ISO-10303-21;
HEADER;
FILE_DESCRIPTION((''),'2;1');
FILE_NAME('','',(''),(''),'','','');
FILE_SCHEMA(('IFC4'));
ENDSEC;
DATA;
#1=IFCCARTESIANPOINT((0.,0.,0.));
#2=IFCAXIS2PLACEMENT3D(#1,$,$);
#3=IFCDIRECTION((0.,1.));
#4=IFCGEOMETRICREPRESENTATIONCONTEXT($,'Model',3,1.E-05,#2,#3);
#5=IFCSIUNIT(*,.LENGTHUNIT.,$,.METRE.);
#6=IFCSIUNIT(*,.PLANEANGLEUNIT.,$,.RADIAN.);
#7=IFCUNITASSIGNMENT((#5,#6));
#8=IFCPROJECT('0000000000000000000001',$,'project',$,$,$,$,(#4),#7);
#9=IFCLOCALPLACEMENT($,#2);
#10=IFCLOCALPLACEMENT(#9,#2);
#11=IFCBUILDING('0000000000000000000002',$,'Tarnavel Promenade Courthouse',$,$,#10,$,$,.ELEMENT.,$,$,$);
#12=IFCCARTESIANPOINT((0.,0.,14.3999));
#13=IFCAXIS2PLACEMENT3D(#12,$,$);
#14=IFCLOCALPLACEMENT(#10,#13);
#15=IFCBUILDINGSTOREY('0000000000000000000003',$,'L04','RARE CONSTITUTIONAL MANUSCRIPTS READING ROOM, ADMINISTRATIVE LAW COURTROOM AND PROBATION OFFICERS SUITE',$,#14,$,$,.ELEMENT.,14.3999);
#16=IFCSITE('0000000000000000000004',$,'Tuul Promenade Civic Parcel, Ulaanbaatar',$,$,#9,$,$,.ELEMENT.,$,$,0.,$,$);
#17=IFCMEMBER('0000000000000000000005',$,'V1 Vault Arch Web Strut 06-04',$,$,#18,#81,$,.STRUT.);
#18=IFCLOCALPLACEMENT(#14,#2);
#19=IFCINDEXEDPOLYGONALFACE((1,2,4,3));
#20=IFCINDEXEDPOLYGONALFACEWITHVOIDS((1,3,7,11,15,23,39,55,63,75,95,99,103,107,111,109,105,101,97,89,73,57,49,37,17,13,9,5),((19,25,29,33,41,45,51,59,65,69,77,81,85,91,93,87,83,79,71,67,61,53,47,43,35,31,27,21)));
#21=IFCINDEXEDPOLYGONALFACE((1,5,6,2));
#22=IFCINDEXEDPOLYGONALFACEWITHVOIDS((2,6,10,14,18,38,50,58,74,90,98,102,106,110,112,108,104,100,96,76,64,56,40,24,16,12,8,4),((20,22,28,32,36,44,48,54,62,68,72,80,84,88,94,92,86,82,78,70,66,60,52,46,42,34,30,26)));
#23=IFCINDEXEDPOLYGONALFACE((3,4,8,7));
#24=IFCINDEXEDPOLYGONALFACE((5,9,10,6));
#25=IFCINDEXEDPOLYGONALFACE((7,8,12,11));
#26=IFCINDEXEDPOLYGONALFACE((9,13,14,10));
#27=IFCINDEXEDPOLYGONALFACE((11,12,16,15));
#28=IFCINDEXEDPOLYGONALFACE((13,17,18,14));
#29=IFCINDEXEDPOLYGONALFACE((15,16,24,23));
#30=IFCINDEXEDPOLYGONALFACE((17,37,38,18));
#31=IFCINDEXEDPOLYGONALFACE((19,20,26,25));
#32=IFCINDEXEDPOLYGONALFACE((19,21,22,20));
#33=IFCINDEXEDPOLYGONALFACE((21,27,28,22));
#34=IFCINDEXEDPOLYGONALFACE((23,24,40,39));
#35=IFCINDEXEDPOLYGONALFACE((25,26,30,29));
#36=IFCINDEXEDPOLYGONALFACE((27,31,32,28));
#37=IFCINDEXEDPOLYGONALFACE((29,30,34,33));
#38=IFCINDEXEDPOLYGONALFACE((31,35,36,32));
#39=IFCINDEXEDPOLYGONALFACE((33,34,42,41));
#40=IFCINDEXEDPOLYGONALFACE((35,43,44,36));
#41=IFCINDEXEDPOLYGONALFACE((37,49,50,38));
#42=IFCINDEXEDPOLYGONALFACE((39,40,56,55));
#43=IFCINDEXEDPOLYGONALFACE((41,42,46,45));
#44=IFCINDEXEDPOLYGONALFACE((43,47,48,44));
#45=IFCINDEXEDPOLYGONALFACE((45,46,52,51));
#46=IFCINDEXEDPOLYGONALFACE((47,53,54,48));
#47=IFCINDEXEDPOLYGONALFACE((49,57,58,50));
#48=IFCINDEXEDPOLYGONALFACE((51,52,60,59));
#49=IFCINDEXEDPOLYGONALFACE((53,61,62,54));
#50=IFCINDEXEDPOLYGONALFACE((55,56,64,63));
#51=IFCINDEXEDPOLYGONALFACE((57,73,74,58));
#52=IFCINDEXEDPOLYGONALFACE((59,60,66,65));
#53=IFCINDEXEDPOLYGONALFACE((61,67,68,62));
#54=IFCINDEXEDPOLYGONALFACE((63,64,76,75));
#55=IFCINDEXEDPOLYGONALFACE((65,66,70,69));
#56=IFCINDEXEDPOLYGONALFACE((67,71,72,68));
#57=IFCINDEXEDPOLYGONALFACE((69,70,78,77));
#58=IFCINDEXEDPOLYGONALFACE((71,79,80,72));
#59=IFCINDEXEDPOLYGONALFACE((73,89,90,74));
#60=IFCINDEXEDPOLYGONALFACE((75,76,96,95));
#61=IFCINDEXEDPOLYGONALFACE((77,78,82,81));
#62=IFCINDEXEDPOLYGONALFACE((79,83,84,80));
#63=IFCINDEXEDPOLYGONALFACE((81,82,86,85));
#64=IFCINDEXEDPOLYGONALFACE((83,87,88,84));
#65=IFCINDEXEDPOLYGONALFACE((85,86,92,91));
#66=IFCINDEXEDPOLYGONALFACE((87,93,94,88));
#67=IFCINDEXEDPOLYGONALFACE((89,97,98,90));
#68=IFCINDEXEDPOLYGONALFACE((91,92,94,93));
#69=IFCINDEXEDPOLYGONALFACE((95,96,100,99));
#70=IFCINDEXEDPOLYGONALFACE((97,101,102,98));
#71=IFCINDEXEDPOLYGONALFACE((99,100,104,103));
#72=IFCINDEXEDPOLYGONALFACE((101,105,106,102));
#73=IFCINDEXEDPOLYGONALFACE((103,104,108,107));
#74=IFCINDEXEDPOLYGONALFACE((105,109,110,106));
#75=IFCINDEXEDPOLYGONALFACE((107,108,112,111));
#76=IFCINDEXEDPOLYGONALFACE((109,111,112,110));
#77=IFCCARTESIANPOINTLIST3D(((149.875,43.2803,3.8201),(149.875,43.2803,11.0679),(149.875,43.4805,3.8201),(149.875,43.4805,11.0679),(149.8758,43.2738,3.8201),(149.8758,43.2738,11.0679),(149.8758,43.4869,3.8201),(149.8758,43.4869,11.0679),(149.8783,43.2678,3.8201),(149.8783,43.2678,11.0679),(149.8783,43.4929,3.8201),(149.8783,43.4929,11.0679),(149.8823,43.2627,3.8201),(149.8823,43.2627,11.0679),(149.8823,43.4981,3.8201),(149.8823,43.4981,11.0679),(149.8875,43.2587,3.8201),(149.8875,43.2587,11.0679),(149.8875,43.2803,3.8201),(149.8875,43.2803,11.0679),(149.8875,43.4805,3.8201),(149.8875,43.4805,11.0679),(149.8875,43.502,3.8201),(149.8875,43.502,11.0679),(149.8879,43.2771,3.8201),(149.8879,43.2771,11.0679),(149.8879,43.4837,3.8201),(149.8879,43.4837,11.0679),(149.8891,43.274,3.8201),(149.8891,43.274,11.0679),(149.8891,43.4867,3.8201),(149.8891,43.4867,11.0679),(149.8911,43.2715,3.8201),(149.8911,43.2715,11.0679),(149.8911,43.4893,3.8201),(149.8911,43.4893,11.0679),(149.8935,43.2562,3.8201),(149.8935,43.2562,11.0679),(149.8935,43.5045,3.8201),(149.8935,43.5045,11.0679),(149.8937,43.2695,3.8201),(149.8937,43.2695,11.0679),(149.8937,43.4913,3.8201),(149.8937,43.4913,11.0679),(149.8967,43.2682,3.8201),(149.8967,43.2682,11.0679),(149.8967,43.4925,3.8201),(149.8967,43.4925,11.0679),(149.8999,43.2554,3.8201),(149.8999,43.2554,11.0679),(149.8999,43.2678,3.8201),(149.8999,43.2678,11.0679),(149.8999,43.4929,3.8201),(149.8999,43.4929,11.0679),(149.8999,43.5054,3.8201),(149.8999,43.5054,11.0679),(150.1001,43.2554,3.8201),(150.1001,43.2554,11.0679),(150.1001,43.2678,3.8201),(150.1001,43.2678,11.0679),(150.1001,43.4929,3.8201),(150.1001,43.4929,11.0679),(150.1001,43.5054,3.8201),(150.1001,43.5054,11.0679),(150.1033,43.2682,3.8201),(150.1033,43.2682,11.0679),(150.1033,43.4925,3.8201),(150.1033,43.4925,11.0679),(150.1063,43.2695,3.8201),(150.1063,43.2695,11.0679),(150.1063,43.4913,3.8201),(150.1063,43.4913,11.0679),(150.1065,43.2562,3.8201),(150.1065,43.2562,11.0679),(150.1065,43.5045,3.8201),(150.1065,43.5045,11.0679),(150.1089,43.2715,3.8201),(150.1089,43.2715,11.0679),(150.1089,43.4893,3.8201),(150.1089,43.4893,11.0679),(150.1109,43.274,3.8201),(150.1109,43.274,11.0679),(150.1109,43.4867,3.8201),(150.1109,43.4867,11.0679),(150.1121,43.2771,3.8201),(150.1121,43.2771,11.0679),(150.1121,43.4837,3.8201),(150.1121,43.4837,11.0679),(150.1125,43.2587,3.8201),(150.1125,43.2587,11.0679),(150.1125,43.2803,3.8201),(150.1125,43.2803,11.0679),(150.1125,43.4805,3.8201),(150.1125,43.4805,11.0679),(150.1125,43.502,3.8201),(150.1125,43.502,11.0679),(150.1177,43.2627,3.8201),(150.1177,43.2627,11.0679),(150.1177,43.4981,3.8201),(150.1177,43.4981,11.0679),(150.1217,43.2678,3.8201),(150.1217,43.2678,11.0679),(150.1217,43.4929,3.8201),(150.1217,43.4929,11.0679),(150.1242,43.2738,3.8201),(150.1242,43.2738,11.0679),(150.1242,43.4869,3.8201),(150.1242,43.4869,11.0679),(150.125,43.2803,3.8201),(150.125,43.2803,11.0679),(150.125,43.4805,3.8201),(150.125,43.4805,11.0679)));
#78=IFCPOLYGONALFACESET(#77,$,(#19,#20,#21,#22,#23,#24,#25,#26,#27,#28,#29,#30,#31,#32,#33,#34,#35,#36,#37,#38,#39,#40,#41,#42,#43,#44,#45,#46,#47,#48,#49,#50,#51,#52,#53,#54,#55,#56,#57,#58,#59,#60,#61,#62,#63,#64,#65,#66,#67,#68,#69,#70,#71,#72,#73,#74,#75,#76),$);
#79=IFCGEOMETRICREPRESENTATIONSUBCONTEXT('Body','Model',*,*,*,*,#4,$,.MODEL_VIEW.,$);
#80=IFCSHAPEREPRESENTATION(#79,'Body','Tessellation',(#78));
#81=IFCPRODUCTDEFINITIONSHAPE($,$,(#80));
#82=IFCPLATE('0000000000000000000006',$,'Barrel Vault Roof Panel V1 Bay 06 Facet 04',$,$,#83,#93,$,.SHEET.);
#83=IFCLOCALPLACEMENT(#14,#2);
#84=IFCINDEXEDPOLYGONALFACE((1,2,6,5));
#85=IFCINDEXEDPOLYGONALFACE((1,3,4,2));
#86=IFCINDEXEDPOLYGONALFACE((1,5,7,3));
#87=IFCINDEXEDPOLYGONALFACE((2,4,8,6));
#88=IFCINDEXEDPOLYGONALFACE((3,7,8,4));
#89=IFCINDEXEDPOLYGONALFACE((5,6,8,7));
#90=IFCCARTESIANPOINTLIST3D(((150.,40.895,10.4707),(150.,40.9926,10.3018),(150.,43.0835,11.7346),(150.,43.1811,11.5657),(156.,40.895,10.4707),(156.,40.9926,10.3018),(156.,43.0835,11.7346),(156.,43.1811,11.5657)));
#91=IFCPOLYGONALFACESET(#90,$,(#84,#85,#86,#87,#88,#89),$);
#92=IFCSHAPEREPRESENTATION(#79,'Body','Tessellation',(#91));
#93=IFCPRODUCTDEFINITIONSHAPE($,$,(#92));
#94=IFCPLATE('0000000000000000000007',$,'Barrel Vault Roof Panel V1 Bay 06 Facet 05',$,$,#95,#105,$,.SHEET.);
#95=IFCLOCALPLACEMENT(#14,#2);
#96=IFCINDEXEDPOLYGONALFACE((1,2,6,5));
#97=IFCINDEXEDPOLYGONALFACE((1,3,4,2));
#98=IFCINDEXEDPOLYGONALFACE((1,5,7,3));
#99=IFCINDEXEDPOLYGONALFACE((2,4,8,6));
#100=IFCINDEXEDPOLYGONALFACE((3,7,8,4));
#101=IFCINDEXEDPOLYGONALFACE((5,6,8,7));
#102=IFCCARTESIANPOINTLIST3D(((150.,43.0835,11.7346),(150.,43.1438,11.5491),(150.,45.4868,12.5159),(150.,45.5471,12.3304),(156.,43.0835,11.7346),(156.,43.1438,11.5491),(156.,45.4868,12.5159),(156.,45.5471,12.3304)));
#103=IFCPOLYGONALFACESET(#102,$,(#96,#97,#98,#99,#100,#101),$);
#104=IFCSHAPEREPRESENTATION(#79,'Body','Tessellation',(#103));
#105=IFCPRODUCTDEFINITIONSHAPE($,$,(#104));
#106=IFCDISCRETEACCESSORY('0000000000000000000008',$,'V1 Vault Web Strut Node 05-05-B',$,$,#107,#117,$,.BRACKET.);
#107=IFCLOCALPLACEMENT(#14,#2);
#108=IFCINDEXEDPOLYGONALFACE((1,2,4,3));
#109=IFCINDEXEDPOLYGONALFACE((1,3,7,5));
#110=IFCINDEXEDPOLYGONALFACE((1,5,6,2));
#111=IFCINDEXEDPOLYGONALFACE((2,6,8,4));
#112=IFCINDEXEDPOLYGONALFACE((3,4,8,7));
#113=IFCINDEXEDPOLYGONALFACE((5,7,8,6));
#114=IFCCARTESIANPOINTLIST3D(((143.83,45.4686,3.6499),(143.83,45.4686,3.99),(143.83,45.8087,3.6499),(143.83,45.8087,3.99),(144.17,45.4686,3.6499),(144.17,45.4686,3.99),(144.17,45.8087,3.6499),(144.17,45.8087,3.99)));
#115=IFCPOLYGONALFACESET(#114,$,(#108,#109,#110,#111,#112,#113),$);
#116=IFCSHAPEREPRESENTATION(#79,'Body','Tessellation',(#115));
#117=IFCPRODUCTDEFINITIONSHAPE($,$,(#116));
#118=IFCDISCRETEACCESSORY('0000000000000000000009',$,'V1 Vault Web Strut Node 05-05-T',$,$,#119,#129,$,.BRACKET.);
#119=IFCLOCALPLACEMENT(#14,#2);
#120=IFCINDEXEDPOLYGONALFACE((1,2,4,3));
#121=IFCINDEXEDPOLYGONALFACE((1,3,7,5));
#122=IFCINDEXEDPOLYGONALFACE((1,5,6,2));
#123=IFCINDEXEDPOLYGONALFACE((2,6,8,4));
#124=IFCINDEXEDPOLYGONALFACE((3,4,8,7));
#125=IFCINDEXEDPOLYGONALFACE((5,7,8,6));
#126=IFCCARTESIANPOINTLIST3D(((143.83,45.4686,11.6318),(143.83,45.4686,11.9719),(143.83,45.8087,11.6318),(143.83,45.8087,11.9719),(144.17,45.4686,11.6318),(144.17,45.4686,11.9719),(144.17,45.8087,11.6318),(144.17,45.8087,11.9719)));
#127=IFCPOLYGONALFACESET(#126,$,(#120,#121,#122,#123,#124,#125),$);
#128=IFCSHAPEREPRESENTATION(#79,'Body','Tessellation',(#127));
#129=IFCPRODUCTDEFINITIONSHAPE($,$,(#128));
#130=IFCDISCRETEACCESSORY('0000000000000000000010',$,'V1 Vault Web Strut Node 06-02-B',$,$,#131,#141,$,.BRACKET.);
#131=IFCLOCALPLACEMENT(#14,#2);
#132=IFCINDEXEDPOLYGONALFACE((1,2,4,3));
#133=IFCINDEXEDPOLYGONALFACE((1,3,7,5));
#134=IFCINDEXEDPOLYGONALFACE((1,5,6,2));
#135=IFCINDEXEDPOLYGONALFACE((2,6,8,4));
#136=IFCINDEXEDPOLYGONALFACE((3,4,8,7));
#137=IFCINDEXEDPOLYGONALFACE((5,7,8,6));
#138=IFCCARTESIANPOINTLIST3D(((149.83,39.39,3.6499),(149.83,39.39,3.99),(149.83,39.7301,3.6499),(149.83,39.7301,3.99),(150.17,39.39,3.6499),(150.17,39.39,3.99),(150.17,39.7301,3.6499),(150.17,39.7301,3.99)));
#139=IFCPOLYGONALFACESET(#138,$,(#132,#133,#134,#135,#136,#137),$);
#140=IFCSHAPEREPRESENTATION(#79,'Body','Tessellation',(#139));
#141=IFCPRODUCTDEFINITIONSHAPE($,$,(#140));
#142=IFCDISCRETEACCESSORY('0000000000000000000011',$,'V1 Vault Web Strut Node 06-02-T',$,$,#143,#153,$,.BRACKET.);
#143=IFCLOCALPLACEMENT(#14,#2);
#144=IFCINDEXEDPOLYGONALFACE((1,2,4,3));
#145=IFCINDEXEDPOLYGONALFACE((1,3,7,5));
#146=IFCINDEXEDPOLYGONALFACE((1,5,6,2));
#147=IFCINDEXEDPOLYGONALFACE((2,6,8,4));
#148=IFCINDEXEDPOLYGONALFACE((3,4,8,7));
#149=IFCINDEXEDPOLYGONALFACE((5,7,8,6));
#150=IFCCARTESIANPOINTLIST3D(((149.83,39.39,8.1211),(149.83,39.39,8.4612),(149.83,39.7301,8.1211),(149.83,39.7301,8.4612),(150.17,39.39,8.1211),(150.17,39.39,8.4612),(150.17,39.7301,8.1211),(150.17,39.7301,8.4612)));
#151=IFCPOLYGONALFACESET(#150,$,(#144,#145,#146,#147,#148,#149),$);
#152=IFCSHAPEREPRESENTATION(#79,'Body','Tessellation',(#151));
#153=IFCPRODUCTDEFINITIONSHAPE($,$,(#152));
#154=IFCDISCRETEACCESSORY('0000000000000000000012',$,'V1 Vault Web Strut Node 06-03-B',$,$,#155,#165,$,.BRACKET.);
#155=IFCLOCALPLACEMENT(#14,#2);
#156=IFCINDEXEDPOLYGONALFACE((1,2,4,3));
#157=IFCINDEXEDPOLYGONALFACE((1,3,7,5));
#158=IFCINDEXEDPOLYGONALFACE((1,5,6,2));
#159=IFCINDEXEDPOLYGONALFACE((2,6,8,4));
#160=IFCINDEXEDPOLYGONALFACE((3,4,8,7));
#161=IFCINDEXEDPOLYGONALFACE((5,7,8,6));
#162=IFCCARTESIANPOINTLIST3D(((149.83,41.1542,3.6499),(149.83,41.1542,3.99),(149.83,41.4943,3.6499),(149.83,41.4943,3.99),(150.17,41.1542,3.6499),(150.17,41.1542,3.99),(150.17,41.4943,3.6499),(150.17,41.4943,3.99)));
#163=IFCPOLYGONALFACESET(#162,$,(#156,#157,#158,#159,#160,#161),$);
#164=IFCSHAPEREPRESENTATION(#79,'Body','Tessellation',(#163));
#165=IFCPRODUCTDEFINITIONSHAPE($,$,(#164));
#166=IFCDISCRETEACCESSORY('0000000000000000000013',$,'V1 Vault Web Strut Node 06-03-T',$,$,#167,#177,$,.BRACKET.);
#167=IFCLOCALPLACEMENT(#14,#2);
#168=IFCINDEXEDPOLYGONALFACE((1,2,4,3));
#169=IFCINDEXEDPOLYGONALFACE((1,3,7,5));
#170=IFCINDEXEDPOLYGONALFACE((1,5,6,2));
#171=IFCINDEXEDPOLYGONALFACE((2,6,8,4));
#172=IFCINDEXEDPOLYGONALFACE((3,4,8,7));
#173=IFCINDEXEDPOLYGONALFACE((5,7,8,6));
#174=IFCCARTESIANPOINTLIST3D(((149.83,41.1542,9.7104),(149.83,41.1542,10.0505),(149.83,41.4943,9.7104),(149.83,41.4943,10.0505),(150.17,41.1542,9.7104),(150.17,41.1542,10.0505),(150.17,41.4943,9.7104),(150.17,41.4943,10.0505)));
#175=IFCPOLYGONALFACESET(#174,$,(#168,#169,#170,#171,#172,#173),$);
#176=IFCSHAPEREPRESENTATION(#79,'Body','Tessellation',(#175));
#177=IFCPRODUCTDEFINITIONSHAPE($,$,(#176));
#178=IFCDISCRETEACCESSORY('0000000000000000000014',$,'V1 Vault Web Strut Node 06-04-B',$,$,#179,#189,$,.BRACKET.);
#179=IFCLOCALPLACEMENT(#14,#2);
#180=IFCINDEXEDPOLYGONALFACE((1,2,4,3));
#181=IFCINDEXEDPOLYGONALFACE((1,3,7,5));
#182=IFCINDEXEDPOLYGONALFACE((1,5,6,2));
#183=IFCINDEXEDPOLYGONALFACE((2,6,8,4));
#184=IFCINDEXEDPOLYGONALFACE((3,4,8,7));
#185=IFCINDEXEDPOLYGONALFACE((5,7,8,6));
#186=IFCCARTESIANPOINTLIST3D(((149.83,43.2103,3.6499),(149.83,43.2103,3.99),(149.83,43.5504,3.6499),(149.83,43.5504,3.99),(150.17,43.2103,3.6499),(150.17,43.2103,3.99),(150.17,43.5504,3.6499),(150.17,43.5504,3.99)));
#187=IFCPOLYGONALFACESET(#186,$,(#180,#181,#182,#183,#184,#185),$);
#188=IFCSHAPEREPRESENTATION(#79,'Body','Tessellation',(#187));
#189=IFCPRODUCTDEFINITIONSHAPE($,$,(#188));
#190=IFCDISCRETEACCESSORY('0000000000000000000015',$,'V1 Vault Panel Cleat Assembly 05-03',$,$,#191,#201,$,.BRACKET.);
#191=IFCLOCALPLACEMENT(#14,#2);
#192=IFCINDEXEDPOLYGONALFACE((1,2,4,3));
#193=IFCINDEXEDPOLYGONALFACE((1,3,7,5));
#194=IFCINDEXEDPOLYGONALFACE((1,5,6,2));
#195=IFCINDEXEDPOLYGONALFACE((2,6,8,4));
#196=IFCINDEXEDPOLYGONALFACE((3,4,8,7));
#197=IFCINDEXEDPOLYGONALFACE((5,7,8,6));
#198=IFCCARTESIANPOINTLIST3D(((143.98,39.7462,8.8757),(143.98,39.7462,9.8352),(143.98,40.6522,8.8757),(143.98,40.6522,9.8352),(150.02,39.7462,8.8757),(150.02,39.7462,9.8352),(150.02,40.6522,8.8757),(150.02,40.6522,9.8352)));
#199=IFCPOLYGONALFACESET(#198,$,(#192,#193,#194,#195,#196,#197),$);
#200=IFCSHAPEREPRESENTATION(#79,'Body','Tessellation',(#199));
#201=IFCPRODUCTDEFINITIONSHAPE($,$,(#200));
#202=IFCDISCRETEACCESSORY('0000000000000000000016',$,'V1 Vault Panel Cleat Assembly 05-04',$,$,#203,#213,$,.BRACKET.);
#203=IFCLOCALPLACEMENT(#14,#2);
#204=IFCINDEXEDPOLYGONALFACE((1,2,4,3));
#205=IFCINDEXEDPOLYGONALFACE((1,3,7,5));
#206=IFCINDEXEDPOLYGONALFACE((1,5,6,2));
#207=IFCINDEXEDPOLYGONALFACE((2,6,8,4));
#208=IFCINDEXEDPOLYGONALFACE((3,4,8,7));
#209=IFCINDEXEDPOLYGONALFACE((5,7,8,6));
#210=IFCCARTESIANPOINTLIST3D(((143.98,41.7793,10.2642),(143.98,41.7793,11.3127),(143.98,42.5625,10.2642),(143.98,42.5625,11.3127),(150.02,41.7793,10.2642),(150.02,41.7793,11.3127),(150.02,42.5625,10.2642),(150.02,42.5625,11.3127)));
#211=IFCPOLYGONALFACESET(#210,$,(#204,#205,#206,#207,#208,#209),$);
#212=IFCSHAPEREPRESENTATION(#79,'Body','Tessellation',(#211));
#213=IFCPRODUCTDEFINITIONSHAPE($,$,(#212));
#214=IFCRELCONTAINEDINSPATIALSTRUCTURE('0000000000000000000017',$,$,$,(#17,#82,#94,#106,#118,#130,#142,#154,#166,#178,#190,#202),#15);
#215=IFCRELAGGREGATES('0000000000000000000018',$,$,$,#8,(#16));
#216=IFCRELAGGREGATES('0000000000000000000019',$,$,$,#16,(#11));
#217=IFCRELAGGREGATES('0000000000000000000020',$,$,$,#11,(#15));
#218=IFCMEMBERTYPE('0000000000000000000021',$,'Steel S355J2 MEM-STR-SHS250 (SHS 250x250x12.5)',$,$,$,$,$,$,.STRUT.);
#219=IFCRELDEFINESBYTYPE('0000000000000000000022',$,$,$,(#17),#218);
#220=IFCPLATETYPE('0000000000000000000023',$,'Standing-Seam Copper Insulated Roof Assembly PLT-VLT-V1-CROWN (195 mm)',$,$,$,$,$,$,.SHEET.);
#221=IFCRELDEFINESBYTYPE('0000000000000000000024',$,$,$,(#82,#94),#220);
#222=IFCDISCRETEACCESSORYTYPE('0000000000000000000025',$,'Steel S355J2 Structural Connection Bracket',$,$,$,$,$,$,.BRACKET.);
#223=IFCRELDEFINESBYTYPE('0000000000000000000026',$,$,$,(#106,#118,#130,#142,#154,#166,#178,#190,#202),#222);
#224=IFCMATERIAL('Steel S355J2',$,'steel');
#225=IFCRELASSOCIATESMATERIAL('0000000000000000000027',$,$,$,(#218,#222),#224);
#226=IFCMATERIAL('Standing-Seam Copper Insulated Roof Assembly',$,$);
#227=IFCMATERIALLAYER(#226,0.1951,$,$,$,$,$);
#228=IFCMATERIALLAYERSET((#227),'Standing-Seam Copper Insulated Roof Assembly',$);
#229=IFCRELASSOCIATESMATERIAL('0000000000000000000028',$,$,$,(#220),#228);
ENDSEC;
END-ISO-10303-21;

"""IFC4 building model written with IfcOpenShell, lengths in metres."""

from ifc_helpers import new_model, si_unit, direction, frame, origin, origin_2d, place, context, subcontext, project, spatial, polyline, rectangle, hollow_rectangle, outline, extrude, material, layer, layer_set, material_profile, profile_set, type_object, element, save


model = new_model("IFC4")

# Units and contexts
model_context = context("Model", 3, precision=1e-05, world=origin(), true_north=direction((0.0, 1.0)))
body_context = subcontext(model_context, "Body", "Model", "MODEL_VIEW")
ifc_project = project(units=[si_unit("LENGTHUNIT", "METRE"), si_unit("PLANEANGLEUNIT", "RADIAN")], contexts=[model_context])

# Site, building, storey
site_placement = place(None, origin())
site = spatial("IfcSite", under=ifc_project, at=site_placement, Name="Tuul Promenade Civic Parcel, Ulaanbaatar", CompositionType="ELEMENT", RefElevation=0.0)
building_placement = place(site_placement, origin())
building = spatial("IfcBuilding", under=site, at=building_placement, Name="Tarnavel Promenade Courthouse", CompositionType="ELEMENT")
storey_placement = place(building_placement, frame((0.0, 0.0, 14.3999)))
storey = spatial("IfcBuildingStorey", under=building, at=storey_placement, Name="L04", Description="RARE CONSTITUTIONAL MANUSCRIPTS READING ROOM, ADMINISTRATIVE LAW COURTROOM AND PROBATION OFFICERS SUITE", CompositionType="ELEMENT", Elevation=14.3999)

# Shared definitions
ifc_material_1 = material(Name="Steel S355J2", Category="steel")

# Member
ifc_material_profile_1 = material_profile(ifc_material_1, hollow_rectangle(XDim=0.25, YDim=0.25, WallThickness=0.0125, InnerFilletRadius=0.0125, OuterFilletRadius=0.0249, at=origin_2d()), Name="SHS 250x250x12.5")
ifc_profile_set_1 = profile_set([ifc_material_profile_1], Name="Steel S355J2")
member_type_1 = type_object("IfcMemberType", Name="Steel S355J2 MEM-STR-SHS250 (SHS 250x250x12.5)", PredefinedType="STRUT", material=ifc_profile_set_1)
member_1_placement = place(storey_placement, frame((150.0, 43.3804, 3.8201), z_axis=(0.0, 0.0, 1.0), x_axis=(1.0, 0.0, 0.0)))
element("IfcMember", 1, at=member_1_placement, inside=storey, type_object=member_type_1, Name="V1 Vault Arch Web Strut 06-04", PredefinedType="STRUT", context=body_context, shape_type="SweptSolid", body=[
    extrude(hollow_rectangle(XDim=0.25, YDim=0.25, WallThickness=0.0125, InnerFilletRadius=0.0125, OuterFilletRadius=0.0249, at=origin_2d()), origin(), (0.0, 0.0, 1.0), 7.2478),
])

# Plates
ifc_material_2 = material(Name="Standing-Seam Copper Insulated Roof Assembly")
ifc_layer = layer(ifc_material_2, 0.1951)
ifc_layer_set = layer_set([ifc_layer], Name="Standing-Seam Copper Insulated Roof Assembly")
plate_type = type_object("IfcPlateType", Name="Standing-Seam Copper Insulated Roof Assembly PLT-VLT-V1-CROWN (195 mm)", PredefinedType="SHEET", material=ifc_layer_set)
plate_1_placement = place(storey_placement, frame((150.0, 40.895, 10.4707), z_axis=(0.0, -0.500118, 0.865957), x_axis=(1.0, 0.0, 0.0)))
element("IfcPlate", 2, at=plate_1_placement, inside=storey, type_object=plate_type, Name="Barrel Vault Roof Panel V1 Bay 06 Facet 04", PredefinedType="SHEET", context=body_context, shape_type="SweptSolid", body=[
    extrude(outline(polyline([(0.0, 0.0), (6.0, 0.0), (6.0, 2.5272), (0.0, 2.5272), (0.0, 0.0)])), origin(), (0.0, 0.0, -1.0), 0.1951),
])
plate_2_placement = place(storey_placement, frame((150.0, 43.0835, 11.7346), z_axis=(0.0, -0.309147, 0.951014), x_axis=(1.0, 0.0, 0.0)))
element("IfcPlate", 3, at=plate_2_placement, inside=storey, type_object=plate_type, Name="Barrel Vault Roof Panel V1 Bay 06 Facet 05", PredefinedType="SHEET", context=body_context, shape_type="SweptSolid", body=[
    extrude(outline(polyline([(0.0, 0.0), (6.0, 0.0), (6.0, 2.5271), (0.0, 2.5271), (0.0, 0.0)])), origin(), (0.0, 0.0, -1.0), 0.1951),
])

# Discrete accessories
discrete_accessory_type = type_object("IfcDiscreteAccessoryType", Name="Steel S355J2 Structural Connection Bracket", PredefinedType="BRACKET", material=ifc_material_1)
for number, where, z_axis, x_axis, name in (
    (4, (144.0, 45.6387, 3.6499), (0.0, 0.0, 1.0), (1.0, 0.0, 0.0), "V1 Vault Web Strut Node 05-05-B"),
    (5, (144.0, 45.6387, 11.6318), (0.0, 0.0, 1.0), (1.0, 0.0, 0.0), "V1 Vault Web Strut Node 05-05-T"),
    (6, (150.0, 39.5601, 3.6499), (0.0, 0.0, 1.0), (1.0, 0.0, 0.0), "V1 Vault Web Strut Node 06-02-B"),
    (7, (150.0, 39.5601, 8.1211), (0.0, 0.0, 1.0), (1.0, 0.0, 0.0), "V1 Vault Web Strut Node 06-02-T"),
    (8, (150.0, 41.3242, 3.6499), (0.0, 0.0, 1.0), (1.0, 0.0, 0.0), "V1 Vault Web Strut Node 06-03-B"),
    (9, (150.0, 41.3242, 9.7104), (0.0, 0.0, 1.0), (1.0, 0.0, 0.0), "V1 Vault Web Strut Node 06-03-T"),
    (10, (150.0, 43.3804, 3.6499), (0.0, 0.0, 1.0), (1.0, 0.0, 0.0), "V1 Vault Web Strut Node 06-04-B"),
):
    element("IfcDiscreteAccessory", number, at=place(storey_placement, frame(where, z_axis=z_axis, x_axis=x_axis)), inside=storey, type_object=discrete_accessory_type, Name=name, PredefinedType="BRACKET", context=body_context, shape_type="SweptSolid", body=[
        extrude(rectangle(XDim=0.3401, YDim=0.3401, at=origin_2d()), origin(), (0.0, 0.0, 1.0), 0.3401),
    ])
discrete_accessory_1_placement = place(storey_placement, frame((147.0, 40.1992, 8.8757), z_axis=(0.0, 0.0, 1.0), x_axis=(1.0, 0.0, 0.0)))
element("IfcDiscreteAccessory", 11, at=discrete_accessory_1_placement, inside=storey, type_object=discrete_accessory_type, Name="V1 Vault Panel Cleat Assembly 05-03", PredefinedType="BRACKET", context=body_context, shape_type="SweptSolid", body=[
    extrude(rectangle(XDim=6.04, YDim=0.906, at=origin_2d()), origin(), (0.0, 0.0, 1.0), 0.9595),
])
discrete_accessory_2_placement = place(storey_placement, frame((147.0, 42.1709, 10.2642), z_axis=(0.0, 0.0, 1.0), x_axis=(1.0, 0.0, 0.0)))
element("IfcDiscreteAccessory", 12, at=discrete_accessory_2_placement, inside=storey, type_object=discrete_accessory_type, Name="V1 Vault Panel Cleat Assembly 05-04", PredefinedType="BRACKET", context=body_context, shape_type="SweptSolid", body=[
    extrude(rectangle(XDim=6.04, YDim=0.7832, at=origin_2d()), origin(), (0.0, 0.0, 1.0), 1.0486),
])

save(model, "model.ifc")
